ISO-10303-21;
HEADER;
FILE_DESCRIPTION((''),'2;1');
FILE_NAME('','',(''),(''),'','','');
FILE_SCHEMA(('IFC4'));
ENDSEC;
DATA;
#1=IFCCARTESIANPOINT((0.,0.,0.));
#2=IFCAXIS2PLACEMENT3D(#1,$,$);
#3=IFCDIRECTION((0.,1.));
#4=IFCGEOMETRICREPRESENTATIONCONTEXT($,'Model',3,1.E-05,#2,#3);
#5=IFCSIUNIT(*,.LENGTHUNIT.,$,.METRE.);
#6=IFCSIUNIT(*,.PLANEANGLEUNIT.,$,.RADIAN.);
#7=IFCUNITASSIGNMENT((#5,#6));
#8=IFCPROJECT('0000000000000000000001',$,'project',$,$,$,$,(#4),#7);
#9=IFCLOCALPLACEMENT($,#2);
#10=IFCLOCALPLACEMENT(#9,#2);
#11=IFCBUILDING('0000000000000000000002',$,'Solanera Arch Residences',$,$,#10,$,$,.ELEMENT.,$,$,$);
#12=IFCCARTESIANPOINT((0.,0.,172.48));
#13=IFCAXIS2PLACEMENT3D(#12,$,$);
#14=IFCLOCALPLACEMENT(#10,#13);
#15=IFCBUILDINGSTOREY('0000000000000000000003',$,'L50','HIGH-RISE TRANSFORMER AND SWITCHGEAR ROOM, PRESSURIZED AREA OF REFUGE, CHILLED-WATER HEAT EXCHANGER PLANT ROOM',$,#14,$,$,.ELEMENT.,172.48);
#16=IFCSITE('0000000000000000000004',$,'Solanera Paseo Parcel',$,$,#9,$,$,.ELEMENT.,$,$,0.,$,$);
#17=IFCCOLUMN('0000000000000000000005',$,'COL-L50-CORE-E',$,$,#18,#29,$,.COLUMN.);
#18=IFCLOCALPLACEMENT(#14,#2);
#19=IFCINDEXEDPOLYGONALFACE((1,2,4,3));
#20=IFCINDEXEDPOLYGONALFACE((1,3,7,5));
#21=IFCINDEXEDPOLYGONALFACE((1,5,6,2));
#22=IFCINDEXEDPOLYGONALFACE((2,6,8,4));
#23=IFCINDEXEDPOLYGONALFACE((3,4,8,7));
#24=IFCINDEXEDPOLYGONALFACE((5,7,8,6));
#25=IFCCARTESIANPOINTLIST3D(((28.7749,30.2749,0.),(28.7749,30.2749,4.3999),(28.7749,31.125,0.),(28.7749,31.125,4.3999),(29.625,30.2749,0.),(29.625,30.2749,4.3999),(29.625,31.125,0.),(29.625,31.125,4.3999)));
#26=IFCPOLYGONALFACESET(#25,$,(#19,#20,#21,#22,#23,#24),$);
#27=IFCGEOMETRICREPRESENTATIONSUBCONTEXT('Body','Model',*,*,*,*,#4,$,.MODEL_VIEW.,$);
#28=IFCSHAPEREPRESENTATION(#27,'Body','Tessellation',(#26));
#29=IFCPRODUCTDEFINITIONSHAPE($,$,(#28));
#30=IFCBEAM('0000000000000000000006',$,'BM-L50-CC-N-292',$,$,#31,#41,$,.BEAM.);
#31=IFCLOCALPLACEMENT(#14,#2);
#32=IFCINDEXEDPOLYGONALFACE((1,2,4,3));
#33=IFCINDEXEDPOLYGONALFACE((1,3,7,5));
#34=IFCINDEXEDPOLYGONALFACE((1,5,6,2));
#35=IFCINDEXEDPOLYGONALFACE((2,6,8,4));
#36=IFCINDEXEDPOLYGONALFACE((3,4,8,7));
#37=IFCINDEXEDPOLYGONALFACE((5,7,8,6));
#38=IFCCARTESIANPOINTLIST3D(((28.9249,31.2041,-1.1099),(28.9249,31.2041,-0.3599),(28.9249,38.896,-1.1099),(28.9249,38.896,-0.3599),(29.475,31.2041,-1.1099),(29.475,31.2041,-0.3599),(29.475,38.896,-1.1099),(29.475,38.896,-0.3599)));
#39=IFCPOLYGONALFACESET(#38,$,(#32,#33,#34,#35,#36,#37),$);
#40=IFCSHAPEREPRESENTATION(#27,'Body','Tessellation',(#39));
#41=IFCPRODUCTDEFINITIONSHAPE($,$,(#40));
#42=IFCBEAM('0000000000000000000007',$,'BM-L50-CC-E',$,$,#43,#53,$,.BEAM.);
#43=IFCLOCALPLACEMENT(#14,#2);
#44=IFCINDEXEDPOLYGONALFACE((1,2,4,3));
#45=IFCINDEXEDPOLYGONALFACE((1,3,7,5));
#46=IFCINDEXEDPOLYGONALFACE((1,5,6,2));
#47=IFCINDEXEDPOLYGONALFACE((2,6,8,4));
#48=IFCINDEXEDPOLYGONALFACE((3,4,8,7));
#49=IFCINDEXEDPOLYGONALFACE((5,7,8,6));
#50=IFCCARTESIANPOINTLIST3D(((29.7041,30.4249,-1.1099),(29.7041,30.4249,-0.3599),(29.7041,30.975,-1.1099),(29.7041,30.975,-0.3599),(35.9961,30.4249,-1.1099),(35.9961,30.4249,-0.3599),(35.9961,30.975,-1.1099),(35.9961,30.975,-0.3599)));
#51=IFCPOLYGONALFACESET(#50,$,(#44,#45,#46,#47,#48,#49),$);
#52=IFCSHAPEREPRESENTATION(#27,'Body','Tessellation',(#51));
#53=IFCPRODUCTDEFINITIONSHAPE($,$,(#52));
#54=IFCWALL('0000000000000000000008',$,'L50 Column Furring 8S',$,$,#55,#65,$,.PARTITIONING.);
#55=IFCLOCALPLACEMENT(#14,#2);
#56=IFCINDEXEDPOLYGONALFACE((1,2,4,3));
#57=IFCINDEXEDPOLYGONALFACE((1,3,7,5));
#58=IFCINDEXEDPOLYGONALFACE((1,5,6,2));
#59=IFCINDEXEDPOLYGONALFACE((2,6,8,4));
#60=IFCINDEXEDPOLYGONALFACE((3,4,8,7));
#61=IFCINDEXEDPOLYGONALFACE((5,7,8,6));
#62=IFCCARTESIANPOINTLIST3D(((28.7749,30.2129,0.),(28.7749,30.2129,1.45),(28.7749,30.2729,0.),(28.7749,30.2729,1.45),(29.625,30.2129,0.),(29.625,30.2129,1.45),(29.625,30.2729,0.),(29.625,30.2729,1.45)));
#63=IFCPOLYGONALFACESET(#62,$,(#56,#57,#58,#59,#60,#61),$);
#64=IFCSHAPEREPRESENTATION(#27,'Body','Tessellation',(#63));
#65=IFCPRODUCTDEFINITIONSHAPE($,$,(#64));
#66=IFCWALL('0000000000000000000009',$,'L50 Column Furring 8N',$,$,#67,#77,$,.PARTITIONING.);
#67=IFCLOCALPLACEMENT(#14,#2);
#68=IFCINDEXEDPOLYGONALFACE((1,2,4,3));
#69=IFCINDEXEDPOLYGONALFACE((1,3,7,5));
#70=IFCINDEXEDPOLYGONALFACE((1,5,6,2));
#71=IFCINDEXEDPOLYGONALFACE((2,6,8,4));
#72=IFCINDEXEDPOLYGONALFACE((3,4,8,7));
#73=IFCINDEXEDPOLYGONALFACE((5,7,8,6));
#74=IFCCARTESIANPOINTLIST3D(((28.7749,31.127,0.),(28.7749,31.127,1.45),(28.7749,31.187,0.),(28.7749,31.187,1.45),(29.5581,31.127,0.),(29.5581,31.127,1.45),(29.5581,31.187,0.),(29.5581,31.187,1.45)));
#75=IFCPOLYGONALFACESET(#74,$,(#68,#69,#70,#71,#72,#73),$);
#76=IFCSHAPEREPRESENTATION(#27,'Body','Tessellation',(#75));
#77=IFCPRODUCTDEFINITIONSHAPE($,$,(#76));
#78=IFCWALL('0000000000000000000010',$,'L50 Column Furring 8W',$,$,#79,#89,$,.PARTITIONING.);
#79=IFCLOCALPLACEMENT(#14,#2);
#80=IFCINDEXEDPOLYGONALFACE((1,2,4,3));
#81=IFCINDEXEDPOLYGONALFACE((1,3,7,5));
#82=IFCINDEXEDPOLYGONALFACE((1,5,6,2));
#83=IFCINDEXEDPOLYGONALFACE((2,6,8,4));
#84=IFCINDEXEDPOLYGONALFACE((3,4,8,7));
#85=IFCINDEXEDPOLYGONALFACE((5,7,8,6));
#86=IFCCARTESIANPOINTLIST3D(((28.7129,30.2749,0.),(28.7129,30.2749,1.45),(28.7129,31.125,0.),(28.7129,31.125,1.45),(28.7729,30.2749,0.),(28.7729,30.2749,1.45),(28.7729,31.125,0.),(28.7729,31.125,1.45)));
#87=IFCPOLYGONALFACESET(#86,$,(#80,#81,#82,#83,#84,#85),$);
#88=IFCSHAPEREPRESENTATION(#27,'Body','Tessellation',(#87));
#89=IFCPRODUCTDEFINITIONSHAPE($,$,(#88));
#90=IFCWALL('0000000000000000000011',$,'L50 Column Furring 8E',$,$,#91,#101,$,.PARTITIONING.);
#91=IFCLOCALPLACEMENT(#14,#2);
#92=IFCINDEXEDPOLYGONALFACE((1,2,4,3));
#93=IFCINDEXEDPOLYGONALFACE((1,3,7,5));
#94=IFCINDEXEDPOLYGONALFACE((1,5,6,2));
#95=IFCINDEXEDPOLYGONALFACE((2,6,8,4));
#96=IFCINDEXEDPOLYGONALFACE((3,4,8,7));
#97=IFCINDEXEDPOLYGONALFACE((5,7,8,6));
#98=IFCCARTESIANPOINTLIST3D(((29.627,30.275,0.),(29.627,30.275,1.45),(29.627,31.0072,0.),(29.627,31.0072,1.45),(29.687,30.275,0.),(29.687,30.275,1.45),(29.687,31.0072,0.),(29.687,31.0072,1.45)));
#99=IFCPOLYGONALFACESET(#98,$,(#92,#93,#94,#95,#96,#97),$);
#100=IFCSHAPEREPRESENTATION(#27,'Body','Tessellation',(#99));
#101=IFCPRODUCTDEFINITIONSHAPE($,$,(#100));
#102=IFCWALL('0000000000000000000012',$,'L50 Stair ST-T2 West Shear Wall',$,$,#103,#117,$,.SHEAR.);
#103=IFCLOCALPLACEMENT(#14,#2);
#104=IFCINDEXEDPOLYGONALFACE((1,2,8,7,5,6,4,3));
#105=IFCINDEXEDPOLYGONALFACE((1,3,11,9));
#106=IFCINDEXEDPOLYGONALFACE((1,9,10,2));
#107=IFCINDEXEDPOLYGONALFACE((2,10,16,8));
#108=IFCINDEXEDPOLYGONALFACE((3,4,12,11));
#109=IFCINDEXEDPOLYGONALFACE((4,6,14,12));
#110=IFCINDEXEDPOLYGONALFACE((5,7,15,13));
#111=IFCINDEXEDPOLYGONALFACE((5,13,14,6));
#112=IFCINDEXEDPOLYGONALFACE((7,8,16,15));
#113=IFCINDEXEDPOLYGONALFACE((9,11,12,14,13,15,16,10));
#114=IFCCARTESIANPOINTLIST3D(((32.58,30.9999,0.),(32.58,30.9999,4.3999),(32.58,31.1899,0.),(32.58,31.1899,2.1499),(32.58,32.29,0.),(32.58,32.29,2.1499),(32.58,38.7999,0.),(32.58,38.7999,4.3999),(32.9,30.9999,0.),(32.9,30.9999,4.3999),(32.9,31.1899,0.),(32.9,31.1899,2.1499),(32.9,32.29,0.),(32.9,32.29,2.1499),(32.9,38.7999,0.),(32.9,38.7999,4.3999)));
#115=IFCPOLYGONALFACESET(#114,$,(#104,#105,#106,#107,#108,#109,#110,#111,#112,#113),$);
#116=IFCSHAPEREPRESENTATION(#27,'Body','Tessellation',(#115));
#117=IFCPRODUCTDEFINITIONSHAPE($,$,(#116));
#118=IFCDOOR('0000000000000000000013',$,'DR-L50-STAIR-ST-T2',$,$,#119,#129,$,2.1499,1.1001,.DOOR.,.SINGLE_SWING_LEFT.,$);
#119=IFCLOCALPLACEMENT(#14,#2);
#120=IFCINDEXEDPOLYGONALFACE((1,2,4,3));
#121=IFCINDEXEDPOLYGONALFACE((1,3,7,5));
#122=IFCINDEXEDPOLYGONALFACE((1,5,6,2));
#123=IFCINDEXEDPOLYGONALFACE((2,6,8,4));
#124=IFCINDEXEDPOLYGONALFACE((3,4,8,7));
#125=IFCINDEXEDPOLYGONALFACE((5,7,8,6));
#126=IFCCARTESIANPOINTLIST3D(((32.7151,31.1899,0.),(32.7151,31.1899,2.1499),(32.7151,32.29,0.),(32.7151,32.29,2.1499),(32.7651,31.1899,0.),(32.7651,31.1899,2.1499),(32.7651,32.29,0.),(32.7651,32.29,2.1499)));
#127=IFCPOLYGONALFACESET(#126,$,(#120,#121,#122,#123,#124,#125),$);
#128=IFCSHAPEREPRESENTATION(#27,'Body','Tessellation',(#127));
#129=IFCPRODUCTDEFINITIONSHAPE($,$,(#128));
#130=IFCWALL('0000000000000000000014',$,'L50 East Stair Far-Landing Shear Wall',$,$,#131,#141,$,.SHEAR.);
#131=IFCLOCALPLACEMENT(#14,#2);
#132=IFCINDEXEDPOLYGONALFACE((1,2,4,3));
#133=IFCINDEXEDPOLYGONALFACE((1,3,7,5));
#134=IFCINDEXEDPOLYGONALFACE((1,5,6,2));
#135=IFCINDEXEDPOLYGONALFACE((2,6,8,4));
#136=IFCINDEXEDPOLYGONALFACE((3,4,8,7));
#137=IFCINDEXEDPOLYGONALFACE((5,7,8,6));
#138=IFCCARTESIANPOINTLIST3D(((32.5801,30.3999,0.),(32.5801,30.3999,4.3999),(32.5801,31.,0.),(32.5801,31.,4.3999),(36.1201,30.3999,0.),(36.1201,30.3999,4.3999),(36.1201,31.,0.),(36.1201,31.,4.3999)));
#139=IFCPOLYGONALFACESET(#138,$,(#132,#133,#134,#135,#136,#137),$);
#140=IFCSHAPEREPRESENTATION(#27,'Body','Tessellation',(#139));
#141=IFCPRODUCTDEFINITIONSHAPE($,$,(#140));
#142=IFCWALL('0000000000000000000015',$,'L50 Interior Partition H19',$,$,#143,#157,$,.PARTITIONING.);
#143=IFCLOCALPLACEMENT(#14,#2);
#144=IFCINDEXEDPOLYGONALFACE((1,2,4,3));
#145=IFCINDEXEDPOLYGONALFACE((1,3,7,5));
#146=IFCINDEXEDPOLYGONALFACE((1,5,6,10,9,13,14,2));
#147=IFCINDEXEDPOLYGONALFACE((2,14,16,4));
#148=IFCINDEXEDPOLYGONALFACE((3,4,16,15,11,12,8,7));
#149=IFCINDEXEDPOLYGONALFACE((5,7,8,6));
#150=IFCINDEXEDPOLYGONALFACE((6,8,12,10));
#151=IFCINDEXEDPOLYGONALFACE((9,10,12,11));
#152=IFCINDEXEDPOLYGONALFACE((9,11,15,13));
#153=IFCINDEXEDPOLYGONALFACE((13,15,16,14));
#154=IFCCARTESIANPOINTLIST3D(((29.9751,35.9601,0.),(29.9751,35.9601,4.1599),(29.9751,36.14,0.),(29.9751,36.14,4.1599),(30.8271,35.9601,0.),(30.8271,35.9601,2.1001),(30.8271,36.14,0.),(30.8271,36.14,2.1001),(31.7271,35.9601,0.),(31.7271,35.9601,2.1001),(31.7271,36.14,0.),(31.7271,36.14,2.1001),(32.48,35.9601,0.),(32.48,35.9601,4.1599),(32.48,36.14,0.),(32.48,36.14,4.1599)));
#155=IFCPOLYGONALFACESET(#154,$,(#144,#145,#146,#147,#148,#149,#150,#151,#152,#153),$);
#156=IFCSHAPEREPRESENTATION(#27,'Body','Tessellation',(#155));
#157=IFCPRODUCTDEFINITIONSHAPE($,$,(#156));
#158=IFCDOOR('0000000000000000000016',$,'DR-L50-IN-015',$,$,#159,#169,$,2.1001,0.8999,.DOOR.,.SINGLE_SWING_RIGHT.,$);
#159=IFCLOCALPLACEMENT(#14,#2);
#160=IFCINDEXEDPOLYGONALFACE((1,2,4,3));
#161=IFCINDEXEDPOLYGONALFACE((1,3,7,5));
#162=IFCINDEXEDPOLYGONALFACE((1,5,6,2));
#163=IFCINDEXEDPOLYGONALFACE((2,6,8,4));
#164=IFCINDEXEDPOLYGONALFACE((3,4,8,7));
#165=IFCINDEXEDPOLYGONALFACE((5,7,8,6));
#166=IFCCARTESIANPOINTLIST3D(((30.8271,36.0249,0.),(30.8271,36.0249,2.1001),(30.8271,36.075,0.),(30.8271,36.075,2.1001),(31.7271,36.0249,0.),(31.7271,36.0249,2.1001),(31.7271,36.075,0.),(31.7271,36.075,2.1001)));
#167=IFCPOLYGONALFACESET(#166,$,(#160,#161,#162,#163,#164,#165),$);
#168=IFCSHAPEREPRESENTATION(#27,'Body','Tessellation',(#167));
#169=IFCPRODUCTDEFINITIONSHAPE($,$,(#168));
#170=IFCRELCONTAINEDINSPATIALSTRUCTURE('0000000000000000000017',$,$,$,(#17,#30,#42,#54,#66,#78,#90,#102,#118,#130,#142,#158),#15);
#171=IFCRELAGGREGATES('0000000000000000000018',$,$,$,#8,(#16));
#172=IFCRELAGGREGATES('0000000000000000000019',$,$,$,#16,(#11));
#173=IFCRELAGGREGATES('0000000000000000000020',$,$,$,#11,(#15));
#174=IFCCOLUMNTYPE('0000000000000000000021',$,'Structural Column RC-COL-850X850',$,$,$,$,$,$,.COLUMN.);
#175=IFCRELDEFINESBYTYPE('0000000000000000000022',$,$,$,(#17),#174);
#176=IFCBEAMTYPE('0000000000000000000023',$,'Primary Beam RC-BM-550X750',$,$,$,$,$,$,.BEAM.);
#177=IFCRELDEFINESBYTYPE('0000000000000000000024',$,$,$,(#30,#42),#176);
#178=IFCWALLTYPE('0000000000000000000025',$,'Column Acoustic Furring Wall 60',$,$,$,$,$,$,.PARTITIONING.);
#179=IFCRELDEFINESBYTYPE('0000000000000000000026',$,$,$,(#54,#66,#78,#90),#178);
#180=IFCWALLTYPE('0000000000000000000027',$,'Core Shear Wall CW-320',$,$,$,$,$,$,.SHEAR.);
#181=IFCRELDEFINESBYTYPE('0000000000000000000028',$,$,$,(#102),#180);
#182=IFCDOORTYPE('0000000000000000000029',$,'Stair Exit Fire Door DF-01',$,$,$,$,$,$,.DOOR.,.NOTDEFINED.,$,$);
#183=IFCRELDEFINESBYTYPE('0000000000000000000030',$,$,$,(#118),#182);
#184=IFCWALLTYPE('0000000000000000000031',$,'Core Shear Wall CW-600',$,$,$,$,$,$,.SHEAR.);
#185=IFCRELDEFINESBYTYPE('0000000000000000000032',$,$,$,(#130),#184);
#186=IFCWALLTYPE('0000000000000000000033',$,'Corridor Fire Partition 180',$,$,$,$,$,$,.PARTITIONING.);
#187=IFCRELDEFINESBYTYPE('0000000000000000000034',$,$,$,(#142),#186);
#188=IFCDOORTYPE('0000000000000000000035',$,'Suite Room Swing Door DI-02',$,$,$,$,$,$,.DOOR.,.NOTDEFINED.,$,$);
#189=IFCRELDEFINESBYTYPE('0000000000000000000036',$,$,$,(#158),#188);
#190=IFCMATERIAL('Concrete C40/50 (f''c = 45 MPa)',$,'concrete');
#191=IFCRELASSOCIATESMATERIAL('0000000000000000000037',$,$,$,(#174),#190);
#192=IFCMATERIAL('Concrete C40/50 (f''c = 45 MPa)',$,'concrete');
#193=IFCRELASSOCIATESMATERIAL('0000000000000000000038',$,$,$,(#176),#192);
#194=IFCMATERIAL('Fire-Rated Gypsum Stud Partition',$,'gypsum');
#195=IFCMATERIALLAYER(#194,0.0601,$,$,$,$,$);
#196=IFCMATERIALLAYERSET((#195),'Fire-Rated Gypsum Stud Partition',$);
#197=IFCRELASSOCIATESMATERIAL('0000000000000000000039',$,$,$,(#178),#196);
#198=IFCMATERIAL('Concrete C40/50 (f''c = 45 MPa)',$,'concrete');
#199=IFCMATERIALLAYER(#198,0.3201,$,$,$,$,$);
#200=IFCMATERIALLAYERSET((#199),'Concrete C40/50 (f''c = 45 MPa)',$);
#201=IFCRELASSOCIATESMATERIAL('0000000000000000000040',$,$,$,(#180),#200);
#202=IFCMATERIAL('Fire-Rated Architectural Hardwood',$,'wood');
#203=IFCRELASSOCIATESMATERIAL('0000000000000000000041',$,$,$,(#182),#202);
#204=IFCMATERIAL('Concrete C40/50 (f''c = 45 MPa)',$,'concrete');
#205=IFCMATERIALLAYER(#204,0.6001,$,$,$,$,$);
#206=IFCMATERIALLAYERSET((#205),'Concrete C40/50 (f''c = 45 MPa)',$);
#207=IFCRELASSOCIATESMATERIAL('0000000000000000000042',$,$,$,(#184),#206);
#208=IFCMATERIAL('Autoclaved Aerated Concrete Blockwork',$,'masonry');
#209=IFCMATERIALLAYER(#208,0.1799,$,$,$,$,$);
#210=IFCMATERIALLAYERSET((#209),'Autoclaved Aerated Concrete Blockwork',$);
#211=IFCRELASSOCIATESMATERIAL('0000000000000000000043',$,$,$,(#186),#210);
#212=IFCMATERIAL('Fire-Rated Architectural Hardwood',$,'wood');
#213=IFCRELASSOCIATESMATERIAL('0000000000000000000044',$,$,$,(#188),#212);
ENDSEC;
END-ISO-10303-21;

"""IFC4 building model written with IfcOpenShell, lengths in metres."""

from ifc_helpers import new_model, si_unit, direction, frame, frame_2d, origin, origin_2d, place, context, subcontext, project, spatial, rectangle, extrude, material, layer, layer_set, material_profile, profile_set, type_object, element, fill, save


model = new_model("IFC4")

# Units and contexts
model_context = context("Model", 3, precision=1e-05, world=origin(), true_north=direction((0.0, 1.0)))
body_context = subcontext(model_context, "Body", "Model", "MODEL_VIEW")
ifc_project = project(units=[si_unit("LENGTHUNIT", "METRE"), si_unit("PLANEANGLEUNIT", "RADIAN")], contexts=[model_context])

# Site, building, storey
site_placement = place(None, origin())
site = spatial("IfcSite", under=ifc_project, at=site_placement, Name="Solanera Paseo Parcel", CompositionType="ELEMENT", RefElevation=0.0)
building_placement = place(site_placement, origin())
building = spatial("IfcBuilding", under=site, at=building_placement, Name="Solanera Arch Residences", CompositionType="ELEMENT")
storey_placement = place(building_placement, frame((0.0, 0.0, 172.48)))
storey = spatial("IfcBuildingStorey", under=building, at=storey_placement, Name="L50", Description="HIGH-RISE TRANSFORMER AND SWITCHGEAR ROOM, PRESSURIZED AREA OF REFUGE, CHILLED-WATER HEAT EXCHANGER PLANT ROOM", CompositionType="ELEMENT", Elevation=172.48)

# Column
ifc_material_1 = material(Name="Concrete C40/50 (f'c = 45 MPa)", Category="concrete")
ifc_material_profile_1 = material_profile(ifc_material_1, rectangle(XDim=0.8501, YDim=0.8501, at=origin_2d()))
ifc_profile_set_1 = profile_set([ifc_material_profile_1], Name="Concrete C40/50 (f'c = 45 MPa)")
column_type = type_object("IfcColumnType", Name="Structural Column RC-COL-850X850", PredefinedType="COLUMN", material=ifc_profile_set_1)
column_placement = place(storey_placement, frame((29.2, 30.7, 0.0), z_axis=(0.0, 0.0, 1.0), x_axis=(1.0, 0.0, 0.0)))
element("IfcColumn", 1, at=column_placement, inside=storey, type_object=column_type, Name="COL-L50-CORE-E", PredefinedType="COLUMN", context=body_context, shape_type="SweptSolid", body=[
    extrude(rectangle(XDim=0.8501, YDim=0.8501, at=origin_2d()), origin(), (0.0, 0.0, 1.0), 4.3999),
])

# Beams
ifc_material_2 = material(Name="Concrete C40/50 (f'c = 45 MPa)", Category="concrete")
ifc_material_profile_2 = material_profile(ifc_material_2, rectangle(XDim=0.55, YDim=0.75, at=origin_2d()))
ifc_profile_set_2 = profile_set([ifc_material_profile_2], Name="Concrete C40/50 (f'c = 45 MPa)")
beam_type = type_object("IfcBeamType", Name="Primary Beam RC-BM-550X750", PredefinedType="BEAM", material=ifc_profile_set_2)
beam_1_placement = place(storey_placement, frame((29.2, 31.2041, -0.7349), z_axis=(0.0, 1.0, 0.0), x_axis=(-1.0, 0.0, 0.0)))
element("IfcBeam", 2, at=beam_1_placement, inside=storey, type_object=beam_type, Name="BM-L50-CC-N-292", PredefinedType="BEAM", context=body_context, shape_type="SweptSolid", body=[
    extrude(rectangle(XDim=0.55, YDim=0.75, at=origin_2d()), origin(), (0.0, 0.0, 1.0), 7.6919),
])
beam_2_placement = place(storey_placement, frame((29.7041, 30.7, -0.7349), z_axis=(1.0, 0.0, 0.0), x_axis=(0.0, 1.0, 0.0)))
element("IfcBeam", 3, at=beam_2_placement, inside=storey, type_object=beam_type, Name="BM-L50-CC-E", PredefinedType="BEAM", context=body_context, shape_type="SweptSolid", body=[
    extrude(rectangle(XDim=0.55, YDim=0.75, at=origin_2d()), origin(), (0.0, 0.0, 1.0), 6.292),
])

# Walls
ifc_material_3 = material(Name="Fire-Rated Gypsum Stud Partition", Category="gypsum")
ifc_layer_1 = layer(ifc_material_3, 0.0601)
ifc_layer_set_1 = layer_set([ifc_layer_1], Name="Fire-Rated Gypsum Stud Partition")
wall_type_1 = type_object("IfcWallType", Name="Column Acoustic Furring Wall 60", PredefinedType="PARTITIONING", material=ifc_layer_set_1)
wall_1_placement = place(storey_placement, frame((28.7749, 30.2429, 0.0), z_axis=(0.0, 0.0, 1.0), x_axis=(1.0, 0.0, 0.0)))
element("IfcWall", 4, at=wall_1_placement, inside=storey, type_object=wall_type_1, Name="L50 Column Furring 8S", PredefinedType="PARTITIONING", context=body_context, shape_type="SweptSolid", body=[
    extrude(rectangle(XDim=0.8501, YDim=0.0601, at=frame_2d((0.425, 0.0))), origin(), (0.0, 0.0, 1.0), 1.45),
])
wall_2_placement = place(storey_placement, frame((28.7749, 31.157, 0.0), z_axis=(0.0, 0.0, 1.0), x_axis=(1.0, 0.0, 0.0)))
element("IfcWall", 5, at=wall_2_placement, inside=storey, type_object=wall_type_1, Name="L50 Column Furring 8N", PredefinedType="PARTITIONING", context=body_context, shape_type="SweptSolid", body=[
    extrude(rectangle(XDim=0.7832, YDim=0.0601, at=frame_2d((0.3916, 0.0))), origin(), (0.0, 0.0, 1.0), 1.45),
])
wall_3_placement = place(storey_placement, frame((28.7429, 30.2749, 0.0), z_axis=(0.0, 0.0, 1.0), x_axis=(0.0, 1.0, 0.0)))
element("IfcWall", 6, at=wall_3_placement, inside=storey, type_object=wall_type_1, Name="L50 Column Furring 8W", PredefinedType="PARTITIONING", context=body_context, shape_type="SweptSolid", body=[
    extrude(rectangle(XDim=0.8501, YDim=0.0601, at=frame_2d((0.425, 0.0))), origin(), (0.0, 0.0, 1.0), 1.45),
])
wall_4_placement = place(storey_placement, frame((29.657, 30.2749, 0.0), z_axis=(0.0, 0.0, 1.0), x_axis=(0.0, 1.0, 0.0)))
element("IfcWall", 7, at=wall_4_placement, inside=storey, type_object=wall_type_1, Name="L50 Column Furring 8E", PredefinedType="PARTITIONING", context=body_context, shape_type="SweptSolid", body=[
    extrude(rectangle(XDim=0.7322, YDim=0.0601, at=frame_2d((0.3662, 0.0))), origin(), (0.0, 0.0, 1.0), 1.45),
])

# Wall, opening, door
ifc_material_4 = material(Name="Concrete C40/50 (f'c = 45 MPa)", Category="concrete")
ifc_layer_2 = layer(ifc_material_4, 0.3201)
ifc_layer_set_2 = layer_set([ifc_layer_2], Name="Concrete C40/50 (f'c = 45 MPa)")
wall_type_2 = type_object("IfcWallType", Name="Core Shear Wall CW-320", PredefinedType="SHEAR", material=ifc_layer_set_2)
wall_5_placement = place(storey_placement, frame((32.74, 31.0, 0.0), z_axis=(0.0, 0.0, 1.0), x_axis=(0.0, 1.0, 0.0)))
wall_5 = element("IfcWall", 8, at=wall_5_placement, inside=storey, type_object=wall_type_2, Name="L50 Stair ST-T2 West Shear Wall", PredefinedType="SHEAR", context=body_context, shape_type="SweptSolid", body=[
    extrude(rectangle(XDim=7.8, YDim=0.3201, at=frame_2d((3.8999, 0.0))), origin(), (0.0, 0.0, 1.0), 4.3999),
])
opening_1_placement = place(wall_5_placement, frame((0.1899, 0.0, 0.0)))
opening_1 = element("IfcOpeningElement", 9, at=opening_1_placement, cuts=wall_5, PredefinedType="OPENING", context=body_context, shape_type="SweptSolid", body=[
    extrude(rectangle(XDim=1.1001, YDim=2.1499, at=frame_2d((0.55, 1.075))), frame((0.0, 0.1699, 0.0), z_axis=(0.0, -1.0, 0.0), x_axis=(1.0, 0.0, 0.0)), (0.0, 0.0, 1.0), 0.3401),
])
ifc_material_5 = material(Name="Fire-Rated Architectural Hardwood", Category="wood")
door_type_1 = type_object("IfcDoorType", Name="Stair Exit Fire Door DF-01", OperationType="NOTDEFINED", PredefinedType="DOOR", material=ifc_material_5)
door_1_placement = place(opening_1_placement, origin())
door_1 = element("IfcDoor", 10, at=door_1_placement, inside=storey, type_object=door_type_1, Name="DR-L50-STAIR-ST-T2", OperationType="SINGLE_SWING_LEFT", OverallHeight=2.1499, OverallWidth=1.1001, PredefinedType="DOOR", context=body_context, shape_type="SweptSolid", body=[
    extrude(rectangle(XDim=1.1001, YDim=2.1499, at=frame_2d((0.55, 1.075))), frame((0.0, 0.0249, 0.0), z_axis=(0.0, -1.0, 0.0), x_axis=(1.0, 0.0, 0.0)), (0.0, 0.0, 1.0), 0.05),
])
fill(opening_1, door_1)

# Wall
ifc_material_6 = material(Name="Concrete C40/50 (f'c = 45 MPa)", Category="concrete")
ifc_layer_3 = layer(ifc_material_6, 0.6001)
ifc_layer_set_3 = layer_set([ifc_layer_3], Name="Concrete C40/50 (f'c = 45 MPa)")
wall_type_3 = type_object("IfcWallType", Name="Core Shear Wall CW-600", PredefinedType="SHEAR", material=ifc_layer_set_3)
wall_6_placement = place(storey_placement, frame((32.5801, 30.7, 0.0), z_axis=(0.0, 0.0, 1.0), x_axis=(1.0, 0.0, 0.0)))
element("IfcWall", 11, at=wall_6_placement, inside=storey, type_object=wall_type_3, Name="L50 East Stair Far-Landing Shear Wall", PredefinedType="SHEAR", context=body_context, shape_type="SweptSolid", body=[
    extrude(rectangle(XDim=3.54, YDim=0.6001, at=frame_2d((1.77, 0.0))), origin(), (0.0, 0.0, 1.0), 4.3999),
])

# Wall, opening, door
ifc_material_7 = material(Name="Autoclaved Aerated Concrete Blockwork", Category="masonry")
ifc_layer_4 = layer(ifc_material_7, 0.1799)
ifc_layer_set_4 = layer_set([ifc_layer_4], Name="Autoclaved Aerated Concrete Blockwork")
wall_type_4 = type_object("IfcWallType", Name="Corridor Fire Partition 180", PredefinedType="PARTITIONING", material=ifc_layer_set_4)
wall_7_placement = place(storey_placement, frame((29.9751, 36.05, 0.0), z_axis=(0.0, 0.0, 1.0), x_axis=(1.0, 0.0, 0.0)))
wall_7 = element("IfcWall", 12, at=wall_7_placement, inside=storey, type_object=wall_type_4, Name="L50 Interior Partition H19", PredefinedType="PARTITIONING", context=body_context, shape_type="SweptSolid", body=[
    extrude(rectangle(XDim=2.5049, YDim=0.1799, at=frame_2d((1.2524, 0.0))), origin(), (0.0, 0.0, 1.0), 4.1599),
])
opening_2_placement = place(wall_7_placement, frame((0.8521, 0.0, 0.0)))
opening_2 = element("IfcOpeningElement", 13, at=opening_2_placement, cuts=wall_7, PredefinedType="OPENING", context=body_context, shape_type="SweptSolid", body=[
    extrude(rectangle(XDim=0.8999, YDim=2.1001, at=frame_2d((0.45, 1.05))), frame((0.0, 0.1001, 0.0), z_axis=(0.0, -1.0, 0.0), x_axis=(1.0, 0.0, 0.0)), (0.0, 0.0, 1.0), 0.1999),
])
ifc_material_8 = material(Name="Fire-Rated Architectural Hardwood", Category="wood")
door_type_2 = type_object("IfcDoorType", Name="Suite Room Swing Door DI-02", OperationType="NOTDEFINED", PredefinedType="DOOR", material=ifc_material_8)
door_2_placement = place(opening_2_placement, origin())
door_2 = element("IfcDoor", 14, at=door_2_placement, inside=storey, type_object=door_type_2, Name="DR-L50-IN-015", OperationType="SINGLE_SWING_RIGHT", OverallHeight=2.1001, OverallWidth=0.8999, PredefinedType="DOOR", context=body_context, shape_type="SweptSolid", body=[
    extrude(rectangle(XDim=0.8999, YDim=2.1001, at=frame_2d((0.45, 1.05))), frame((0.0, 0.0249, 0.0), z_axis=(0.0, -1.0, 0.0), x_axis=(1.0, 0.0, 0.0)), (0.0, 0.0, 1.0), 0.05),
])
fill(opening_2, door_2)

save(model, "model.ifc")
